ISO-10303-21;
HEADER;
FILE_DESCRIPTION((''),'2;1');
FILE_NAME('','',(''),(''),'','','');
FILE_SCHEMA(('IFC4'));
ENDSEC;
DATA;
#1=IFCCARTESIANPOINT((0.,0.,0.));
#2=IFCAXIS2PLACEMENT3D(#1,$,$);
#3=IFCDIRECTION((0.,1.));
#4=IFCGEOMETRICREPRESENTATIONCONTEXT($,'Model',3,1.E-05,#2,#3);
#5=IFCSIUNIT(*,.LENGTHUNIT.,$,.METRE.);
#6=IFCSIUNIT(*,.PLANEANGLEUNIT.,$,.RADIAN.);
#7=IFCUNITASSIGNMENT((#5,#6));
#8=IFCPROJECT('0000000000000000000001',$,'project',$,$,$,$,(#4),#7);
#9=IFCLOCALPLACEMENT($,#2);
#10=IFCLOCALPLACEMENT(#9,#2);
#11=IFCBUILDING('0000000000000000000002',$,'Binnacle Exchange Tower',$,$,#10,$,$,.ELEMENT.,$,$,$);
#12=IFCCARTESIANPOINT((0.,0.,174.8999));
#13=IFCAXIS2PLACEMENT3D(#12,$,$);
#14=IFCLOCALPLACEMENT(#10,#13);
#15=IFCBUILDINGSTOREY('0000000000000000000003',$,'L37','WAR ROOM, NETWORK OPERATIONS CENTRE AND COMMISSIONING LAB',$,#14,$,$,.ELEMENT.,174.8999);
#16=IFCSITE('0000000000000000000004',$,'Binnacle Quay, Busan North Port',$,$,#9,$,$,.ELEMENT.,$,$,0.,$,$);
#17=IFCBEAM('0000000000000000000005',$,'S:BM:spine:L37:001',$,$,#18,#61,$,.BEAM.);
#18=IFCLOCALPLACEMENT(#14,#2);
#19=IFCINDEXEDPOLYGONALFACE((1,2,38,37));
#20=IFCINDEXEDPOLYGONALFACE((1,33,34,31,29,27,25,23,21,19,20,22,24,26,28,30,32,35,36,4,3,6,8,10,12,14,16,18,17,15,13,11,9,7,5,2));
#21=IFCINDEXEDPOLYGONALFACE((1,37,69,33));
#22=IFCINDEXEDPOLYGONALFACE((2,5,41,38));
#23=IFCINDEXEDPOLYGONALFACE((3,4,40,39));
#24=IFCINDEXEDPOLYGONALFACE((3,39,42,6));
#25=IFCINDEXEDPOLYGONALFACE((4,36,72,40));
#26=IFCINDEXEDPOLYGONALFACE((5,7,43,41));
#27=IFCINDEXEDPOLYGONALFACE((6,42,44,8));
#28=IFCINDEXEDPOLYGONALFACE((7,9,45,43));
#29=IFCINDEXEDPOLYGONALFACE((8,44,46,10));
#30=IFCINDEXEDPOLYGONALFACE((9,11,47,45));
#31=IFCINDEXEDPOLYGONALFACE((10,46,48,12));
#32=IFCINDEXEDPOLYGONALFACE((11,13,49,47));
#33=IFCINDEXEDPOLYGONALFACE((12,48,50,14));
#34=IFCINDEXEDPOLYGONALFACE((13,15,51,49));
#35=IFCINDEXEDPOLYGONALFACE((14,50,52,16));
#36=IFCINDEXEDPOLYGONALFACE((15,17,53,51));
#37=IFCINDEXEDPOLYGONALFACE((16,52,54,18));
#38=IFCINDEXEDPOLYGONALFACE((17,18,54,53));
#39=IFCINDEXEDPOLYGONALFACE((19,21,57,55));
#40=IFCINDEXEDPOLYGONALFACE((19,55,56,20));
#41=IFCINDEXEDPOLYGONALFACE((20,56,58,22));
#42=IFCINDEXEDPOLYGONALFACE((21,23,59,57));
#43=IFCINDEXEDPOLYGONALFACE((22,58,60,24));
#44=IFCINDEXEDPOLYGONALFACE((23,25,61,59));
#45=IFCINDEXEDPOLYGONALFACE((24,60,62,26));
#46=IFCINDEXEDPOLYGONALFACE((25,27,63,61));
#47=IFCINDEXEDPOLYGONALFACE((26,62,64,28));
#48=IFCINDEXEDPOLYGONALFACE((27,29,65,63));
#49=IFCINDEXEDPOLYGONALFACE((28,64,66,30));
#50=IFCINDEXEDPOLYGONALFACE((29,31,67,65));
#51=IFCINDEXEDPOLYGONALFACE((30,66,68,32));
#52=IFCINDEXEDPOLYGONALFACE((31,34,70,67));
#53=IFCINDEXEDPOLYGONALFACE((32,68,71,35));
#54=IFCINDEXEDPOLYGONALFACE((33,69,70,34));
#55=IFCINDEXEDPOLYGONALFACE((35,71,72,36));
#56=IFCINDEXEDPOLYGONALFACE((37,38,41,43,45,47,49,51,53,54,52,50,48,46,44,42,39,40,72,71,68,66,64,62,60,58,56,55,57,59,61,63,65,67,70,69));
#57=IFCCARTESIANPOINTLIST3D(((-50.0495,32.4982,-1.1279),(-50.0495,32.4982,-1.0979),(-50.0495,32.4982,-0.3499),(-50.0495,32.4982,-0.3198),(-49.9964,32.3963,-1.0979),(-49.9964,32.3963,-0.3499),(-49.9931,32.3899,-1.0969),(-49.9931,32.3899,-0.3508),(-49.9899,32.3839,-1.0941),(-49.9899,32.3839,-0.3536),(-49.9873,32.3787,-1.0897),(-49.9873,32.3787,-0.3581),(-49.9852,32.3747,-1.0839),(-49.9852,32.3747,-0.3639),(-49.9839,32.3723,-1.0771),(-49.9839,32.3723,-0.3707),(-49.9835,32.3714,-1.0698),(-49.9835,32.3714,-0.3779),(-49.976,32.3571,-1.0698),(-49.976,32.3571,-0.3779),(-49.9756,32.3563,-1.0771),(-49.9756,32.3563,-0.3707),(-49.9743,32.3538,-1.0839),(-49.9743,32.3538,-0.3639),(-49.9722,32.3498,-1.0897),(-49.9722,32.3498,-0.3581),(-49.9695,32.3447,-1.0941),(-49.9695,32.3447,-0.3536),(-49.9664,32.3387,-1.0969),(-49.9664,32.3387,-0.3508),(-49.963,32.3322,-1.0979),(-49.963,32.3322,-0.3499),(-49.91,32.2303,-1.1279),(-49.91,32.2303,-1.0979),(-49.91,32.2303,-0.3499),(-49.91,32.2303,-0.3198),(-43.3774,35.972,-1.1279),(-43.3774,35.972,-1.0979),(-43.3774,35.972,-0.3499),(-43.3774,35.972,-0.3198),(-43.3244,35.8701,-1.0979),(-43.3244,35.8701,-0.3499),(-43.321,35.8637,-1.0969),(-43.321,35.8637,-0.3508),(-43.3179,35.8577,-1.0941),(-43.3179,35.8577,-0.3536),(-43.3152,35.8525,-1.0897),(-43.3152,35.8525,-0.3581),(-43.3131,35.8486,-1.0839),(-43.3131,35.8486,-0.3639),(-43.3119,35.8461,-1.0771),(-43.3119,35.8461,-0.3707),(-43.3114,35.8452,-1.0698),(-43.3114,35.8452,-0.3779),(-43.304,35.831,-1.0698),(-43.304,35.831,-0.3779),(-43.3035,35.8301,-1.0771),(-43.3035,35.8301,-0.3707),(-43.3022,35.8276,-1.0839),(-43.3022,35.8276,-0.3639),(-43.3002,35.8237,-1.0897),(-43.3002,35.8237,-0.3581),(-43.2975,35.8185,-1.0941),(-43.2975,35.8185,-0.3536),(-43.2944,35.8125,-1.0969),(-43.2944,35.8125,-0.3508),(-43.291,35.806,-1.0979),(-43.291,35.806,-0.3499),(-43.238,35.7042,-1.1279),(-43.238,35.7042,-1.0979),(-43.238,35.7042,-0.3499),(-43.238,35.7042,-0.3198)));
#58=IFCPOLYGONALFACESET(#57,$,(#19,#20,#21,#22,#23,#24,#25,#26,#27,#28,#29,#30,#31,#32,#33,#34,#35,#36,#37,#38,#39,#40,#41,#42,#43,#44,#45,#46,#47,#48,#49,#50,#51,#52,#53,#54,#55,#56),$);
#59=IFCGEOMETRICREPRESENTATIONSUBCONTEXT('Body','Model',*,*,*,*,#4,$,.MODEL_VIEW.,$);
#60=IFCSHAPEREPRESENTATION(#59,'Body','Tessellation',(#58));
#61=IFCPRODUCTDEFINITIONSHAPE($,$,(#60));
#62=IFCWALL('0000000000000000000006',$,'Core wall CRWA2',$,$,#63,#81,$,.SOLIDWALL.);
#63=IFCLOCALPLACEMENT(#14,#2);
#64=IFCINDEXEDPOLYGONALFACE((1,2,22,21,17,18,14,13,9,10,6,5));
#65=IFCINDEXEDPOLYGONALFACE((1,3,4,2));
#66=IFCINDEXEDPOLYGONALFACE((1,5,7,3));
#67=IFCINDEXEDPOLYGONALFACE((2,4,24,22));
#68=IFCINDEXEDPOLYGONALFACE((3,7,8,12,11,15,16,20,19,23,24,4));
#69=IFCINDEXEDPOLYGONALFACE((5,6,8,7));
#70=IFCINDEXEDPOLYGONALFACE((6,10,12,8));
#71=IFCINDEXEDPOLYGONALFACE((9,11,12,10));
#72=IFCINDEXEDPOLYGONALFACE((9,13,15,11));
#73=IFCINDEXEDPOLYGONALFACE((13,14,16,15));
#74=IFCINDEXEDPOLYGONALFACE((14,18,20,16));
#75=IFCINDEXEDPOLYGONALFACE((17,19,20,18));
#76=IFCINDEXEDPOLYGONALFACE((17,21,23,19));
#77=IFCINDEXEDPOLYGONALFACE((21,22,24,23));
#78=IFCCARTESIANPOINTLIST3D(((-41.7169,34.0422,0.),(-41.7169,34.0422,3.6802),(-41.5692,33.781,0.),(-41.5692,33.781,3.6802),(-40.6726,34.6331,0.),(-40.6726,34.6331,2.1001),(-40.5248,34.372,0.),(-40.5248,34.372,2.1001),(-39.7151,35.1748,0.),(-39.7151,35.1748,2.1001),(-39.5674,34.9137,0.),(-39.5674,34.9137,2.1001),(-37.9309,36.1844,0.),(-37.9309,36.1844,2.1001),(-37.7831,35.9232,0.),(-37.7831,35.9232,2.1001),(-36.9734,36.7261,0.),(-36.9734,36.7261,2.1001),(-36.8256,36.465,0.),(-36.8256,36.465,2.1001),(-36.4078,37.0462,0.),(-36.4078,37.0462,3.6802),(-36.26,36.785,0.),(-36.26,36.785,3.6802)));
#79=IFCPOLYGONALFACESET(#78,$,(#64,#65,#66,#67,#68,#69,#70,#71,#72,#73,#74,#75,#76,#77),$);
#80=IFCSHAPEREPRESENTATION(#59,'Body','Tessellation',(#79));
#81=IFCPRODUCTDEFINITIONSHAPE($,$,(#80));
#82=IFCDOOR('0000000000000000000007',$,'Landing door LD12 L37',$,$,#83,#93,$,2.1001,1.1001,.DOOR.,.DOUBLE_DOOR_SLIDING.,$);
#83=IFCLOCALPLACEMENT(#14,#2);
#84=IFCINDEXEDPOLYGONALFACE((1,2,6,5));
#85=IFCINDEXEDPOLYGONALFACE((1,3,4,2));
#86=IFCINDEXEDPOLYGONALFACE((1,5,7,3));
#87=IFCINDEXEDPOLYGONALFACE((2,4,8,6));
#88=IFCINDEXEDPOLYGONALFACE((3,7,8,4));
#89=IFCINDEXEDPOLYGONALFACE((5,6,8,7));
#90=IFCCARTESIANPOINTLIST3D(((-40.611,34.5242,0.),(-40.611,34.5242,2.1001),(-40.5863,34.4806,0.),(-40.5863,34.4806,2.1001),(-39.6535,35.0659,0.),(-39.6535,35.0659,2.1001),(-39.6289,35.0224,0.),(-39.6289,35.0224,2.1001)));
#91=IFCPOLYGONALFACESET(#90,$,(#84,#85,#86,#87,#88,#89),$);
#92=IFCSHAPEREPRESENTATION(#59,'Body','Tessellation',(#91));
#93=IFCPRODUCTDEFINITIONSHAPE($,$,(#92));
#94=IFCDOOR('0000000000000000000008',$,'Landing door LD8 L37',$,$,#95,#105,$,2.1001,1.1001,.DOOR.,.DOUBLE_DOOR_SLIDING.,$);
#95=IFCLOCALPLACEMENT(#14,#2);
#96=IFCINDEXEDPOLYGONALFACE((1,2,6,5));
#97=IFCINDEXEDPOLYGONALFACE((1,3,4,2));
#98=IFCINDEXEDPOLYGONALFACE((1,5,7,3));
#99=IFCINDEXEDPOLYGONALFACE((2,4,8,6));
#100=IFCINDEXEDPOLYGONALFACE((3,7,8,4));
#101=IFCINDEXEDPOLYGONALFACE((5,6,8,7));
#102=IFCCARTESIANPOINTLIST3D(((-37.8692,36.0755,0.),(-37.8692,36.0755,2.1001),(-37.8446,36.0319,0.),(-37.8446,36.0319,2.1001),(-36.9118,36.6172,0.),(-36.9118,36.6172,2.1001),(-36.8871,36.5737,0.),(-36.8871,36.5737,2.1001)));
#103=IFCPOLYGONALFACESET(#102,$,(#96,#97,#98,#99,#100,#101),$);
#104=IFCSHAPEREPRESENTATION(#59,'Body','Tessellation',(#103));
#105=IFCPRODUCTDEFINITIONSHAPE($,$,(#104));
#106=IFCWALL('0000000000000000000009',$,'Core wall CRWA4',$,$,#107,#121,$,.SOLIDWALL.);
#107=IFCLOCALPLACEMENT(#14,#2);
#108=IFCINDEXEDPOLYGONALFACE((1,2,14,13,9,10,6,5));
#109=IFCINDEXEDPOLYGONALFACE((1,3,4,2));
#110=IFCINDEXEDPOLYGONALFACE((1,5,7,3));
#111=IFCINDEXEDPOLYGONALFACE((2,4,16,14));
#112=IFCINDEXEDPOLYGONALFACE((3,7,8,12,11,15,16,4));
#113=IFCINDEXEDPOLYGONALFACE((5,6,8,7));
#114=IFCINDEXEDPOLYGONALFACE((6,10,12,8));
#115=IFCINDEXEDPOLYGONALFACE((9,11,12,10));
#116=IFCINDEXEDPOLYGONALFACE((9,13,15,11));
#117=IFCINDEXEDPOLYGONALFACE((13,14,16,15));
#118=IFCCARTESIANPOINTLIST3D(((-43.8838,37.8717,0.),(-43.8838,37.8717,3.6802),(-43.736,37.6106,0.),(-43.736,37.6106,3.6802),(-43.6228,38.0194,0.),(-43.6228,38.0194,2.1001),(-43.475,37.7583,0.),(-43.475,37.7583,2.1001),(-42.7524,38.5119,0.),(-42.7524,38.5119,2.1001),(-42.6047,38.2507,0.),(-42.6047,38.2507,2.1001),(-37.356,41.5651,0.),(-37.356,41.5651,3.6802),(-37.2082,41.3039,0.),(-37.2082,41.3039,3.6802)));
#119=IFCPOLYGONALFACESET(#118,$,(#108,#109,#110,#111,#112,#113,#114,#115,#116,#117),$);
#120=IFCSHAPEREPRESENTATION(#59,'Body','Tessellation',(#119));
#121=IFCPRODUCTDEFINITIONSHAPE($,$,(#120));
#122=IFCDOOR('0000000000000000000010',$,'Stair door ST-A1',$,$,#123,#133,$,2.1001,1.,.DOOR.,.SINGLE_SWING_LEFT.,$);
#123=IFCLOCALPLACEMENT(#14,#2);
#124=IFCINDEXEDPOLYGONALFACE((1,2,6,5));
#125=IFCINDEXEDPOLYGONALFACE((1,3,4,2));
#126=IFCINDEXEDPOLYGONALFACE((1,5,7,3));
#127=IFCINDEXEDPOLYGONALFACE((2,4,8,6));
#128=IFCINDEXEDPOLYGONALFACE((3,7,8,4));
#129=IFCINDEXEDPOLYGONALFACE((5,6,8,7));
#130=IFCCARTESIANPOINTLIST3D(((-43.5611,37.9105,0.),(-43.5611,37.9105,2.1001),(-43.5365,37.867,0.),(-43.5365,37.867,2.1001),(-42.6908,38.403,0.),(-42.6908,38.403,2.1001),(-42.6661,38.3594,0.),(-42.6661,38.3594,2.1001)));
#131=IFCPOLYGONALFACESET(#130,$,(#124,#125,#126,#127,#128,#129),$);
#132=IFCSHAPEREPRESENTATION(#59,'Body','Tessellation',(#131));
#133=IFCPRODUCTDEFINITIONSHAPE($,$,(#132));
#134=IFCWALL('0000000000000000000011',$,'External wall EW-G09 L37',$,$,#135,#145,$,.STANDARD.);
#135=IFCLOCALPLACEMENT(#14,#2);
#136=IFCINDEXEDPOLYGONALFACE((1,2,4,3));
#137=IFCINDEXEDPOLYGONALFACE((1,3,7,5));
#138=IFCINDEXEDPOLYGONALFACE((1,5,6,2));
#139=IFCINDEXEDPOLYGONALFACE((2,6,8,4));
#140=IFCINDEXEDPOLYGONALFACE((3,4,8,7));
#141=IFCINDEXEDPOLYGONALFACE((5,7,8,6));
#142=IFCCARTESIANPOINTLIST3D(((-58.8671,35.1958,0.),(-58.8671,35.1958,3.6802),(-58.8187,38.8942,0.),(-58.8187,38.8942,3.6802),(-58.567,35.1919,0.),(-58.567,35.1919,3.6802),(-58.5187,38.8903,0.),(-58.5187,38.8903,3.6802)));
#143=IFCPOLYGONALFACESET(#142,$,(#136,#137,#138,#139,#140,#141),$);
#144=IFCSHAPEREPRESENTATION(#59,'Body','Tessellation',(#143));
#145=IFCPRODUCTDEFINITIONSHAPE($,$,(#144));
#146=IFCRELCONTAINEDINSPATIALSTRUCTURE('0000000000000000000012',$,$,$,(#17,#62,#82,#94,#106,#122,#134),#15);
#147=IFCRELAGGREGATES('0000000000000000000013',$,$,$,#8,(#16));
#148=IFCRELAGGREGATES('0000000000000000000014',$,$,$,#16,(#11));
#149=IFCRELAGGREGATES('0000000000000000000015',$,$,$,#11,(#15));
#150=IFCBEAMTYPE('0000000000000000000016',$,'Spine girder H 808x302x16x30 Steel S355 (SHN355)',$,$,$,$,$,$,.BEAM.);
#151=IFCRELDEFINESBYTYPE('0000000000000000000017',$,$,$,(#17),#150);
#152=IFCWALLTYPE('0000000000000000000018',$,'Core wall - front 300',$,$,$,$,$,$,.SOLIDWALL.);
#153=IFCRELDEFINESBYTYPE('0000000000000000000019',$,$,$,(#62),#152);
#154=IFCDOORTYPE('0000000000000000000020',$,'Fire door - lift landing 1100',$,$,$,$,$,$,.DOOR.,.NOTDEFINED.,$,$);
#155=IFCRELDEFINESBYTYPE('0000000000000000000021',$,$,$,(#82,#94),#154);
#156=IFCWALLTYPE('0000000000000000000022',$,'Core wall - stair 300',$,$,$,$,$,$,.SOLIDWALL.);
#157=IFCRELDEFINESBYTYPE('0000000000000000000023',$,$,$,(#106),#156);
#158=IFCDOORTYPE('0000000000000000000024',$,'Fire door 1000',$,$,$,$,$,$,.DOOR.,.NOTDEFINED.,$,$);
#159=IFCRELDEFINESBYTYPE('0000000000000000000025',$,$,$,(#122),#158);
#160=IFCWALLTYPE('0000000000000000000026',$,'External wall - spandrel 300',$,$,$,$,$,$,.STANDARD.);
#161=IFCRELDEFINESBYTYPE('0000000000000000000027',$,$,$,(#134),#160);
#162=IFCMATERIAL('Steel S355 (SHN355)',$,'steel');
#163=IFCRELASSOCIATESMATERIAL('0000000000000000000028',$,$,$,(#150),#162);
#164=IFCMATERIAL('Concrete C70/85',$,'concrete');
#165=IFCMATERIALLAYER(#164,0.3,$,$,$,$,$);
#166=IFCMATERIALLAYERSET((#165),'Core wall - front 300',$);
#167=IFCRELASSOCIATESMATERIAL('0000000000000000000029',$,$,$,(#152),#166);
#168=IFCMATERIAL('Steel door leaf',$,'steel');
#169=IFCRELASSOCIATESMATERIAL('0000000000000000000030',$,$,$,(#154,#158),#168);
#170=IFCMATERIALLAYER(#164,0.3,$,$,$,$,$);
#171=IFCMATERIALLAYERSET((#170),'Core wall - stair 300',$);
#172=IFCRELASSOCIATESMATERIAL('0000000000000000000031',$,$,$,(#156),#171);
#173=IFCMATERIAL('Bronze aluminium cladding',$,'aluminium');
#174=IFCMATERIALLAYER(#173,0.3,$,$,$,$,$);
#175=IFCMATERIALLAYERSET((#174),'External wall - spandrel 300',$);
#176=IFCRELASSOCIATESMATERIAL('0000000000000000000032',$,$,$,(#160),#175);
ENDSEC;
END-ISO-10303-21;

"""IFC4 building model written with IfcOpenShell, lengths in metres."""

from ifc_helpers import new_model, si_unit, direction, frame, frame_2d, origin, origin_2d, place, context, subcontext, project, spatial, rectangle, i_section, extrude, material, layer, layer_set, material_profile, profile_set, type_object, element, fill, save


model = new_model("IFC4")

# Units and contexts
model_context = context("Model", 3, precision=1e-05, world=origin(), true_north=direction((0.0, 1.0)))
body_context = subcontext(model_context, "Body", "Model", "MODEL_VIEW")
ifc_project = project(units=[si_unit("LENGTHUNIT", "METRE"), si_unit("PLANEANGLEUNIT", "RADIAN")], contexts=[model_context])

# Site, building, storey
site_placement = place(None, origin())
site = spatial("IfcSite", under=ifc_project, at=site_placement, Name="Binnacle Quay, Busan North Port", CompositionType="ELEMENT", RefElevation=0.0)
building_placement = place(site_placement, origin())
building = spatial("IfcBuilding", under=site, at=building_placement, Name="Binnacle Exchange Tower", CompositionType="ELEMENT")
storey_placement = place(building_placement, frame((0.0, 0.0, 174.8999)))
storey = spatial("IfcBuildingStorey", under=building, at=storey_placement, Name="L37", Description="WAR ROOM, NETWORK OPERATIONS CENTRE AND COMMISSIONING LAB", CompositionType="ELEMENT", Elevation=174.8999)

# Shared definitions
ifc_material_1 = material(Name="Concrete C70/85", Category="concrete")

# Beam
ifc_material_2 = material(Name="Steel S355 (SHN355)", Category="steel")
ifc_material_profile_1 = material_profile(ifc_material_2, i_section(OverallWidth=0.302, OverallDepth=0.8081, WebThickness=0.0161, FlangeThickness=0.03, FilletRadius=0.0281, at=origin_2d()), Name="H 808x302x16x30")
ifc_profile_set_1 = profile_set([ifc_material_profile_1], Name="Steel S355 (SHN355)")
beam_type_1 = type_object("IfcBeamType", Name="Spine girder H 808x302x16x30 Steel S355 (SHN355)", PredefinedType="BEAM", material=ifc_profile_set_1)
beam_1_placement = place(storey_placement, frame((-49.9797, 32.3643, -0.7239), z_axis=(0.886979, 0.46181, 0.0), x_axis=(-0.46181, 0.886979, 0.0)))
element("IfcBeam", 1, at=beam_1_placement, inside=storey, type_object=beam_type_1, Name="S:BM:spine:L37:001", PredefinedType="BEAM", context=body_context, shape_type="SweptSolid", body=[
    extrude(i_section(OverallWidth=0.302, OverallDepth=0.8081, WebThickness=0.0161, FlangeThickness=0.03, FilletRadius=0.0281, at=origin_2d()), origin(), (0.0, 0.0, 1.0), 7.5222),
])

# Wall, openings, doors
ifc_layer_1 = layer(ifc_material_1, 0.3)
ifc_layer_set_1 = layer_set([ifc_layer_1], Name="Core wall - front 300")
wall_type_1 = type_object("IfcWallType", Name="Core wall - front 300", PredefinedType="SOLIDWALL", material=ifc_layer_set_1)
wall_1_placement = place(storey_placement, frame((-41.6431, 33.9116, 0.0), z_axis=(0.0, 0.0, 1.0), x_axis=(0.870344, 0.492445, 0.0)))
wall_1 = element("IfcWall", 2, at=wall_1_placement, inside=storey, type_object=wall_type_1, Name="Core wall CRWA2", PredefinedType="SOLIDWALL", context=body_context, shape_type="SweptSolid", body=[
    extrude(rectangle(XDim=6.1001, YDim=0.3, at=frame_2d((3.05, 0.0))), origin(), (0.0, 0.0, 1.0), 3.6802),
])
opening_1_placement = place(wall_1_placement, frame((1.2, 0.0, 0.0)))
opening_1 = element("IfcOpeningElement", 3, at=opening_1_placement, cuts=wall_1, PredefinedType="OPENING", context=body_context, shape_type="SweptSolid", body=[
    extrude(rectangle(XDim=1.1001, YDim=2.1001, at=frame_2d((0.55, 1.05))), frame((0.0, 0.1599, 0.0), z_axis=(0.0, -1.0, 0.0), x_axis=(1.0, 0.0, 0.0)), (0.0, 0.0, 1.0), 0.3201),
])
opening_2_placement = place(wall_1_placement, frame((4.3501, 0.0, 0.0)))
opening_2 = element("IfcOpeningElement", 4, at=opening_2_placement, cuts=wall_1, PredefinedType="OPENING", context=body_context, shape_type="SweptSolid", body=[
    extrude(rectangle(XDim=1.1001, YDim=2.1001, at=frame_2d((0.55, 1.05))), frame((0.0, 0.1599, 0.0), z_axis=(0.0, -1.0, 0.0), x_axis=(1.0, 0.0, 0.0)), (0.0, 0.0, 1.0), 0.3201),
])
ifc_material_3 = material(Name="Steel door leaf", Category="steel")
door_type_1 = type_object("IfcDoorType", Name="Fire door - lift landing 1100", OperationType="NOTDEFINED", PredefinedType="DOOR", material=ifc_material_3)
door_1_placement = place(opening_1_placement, origin())
door_1 = element("IfcDoor", 5, at=door_1_placement, inside=storey, type_object=door_type_1, Name="Landing door LD12 L37", OperationType="DOUBLE_DOOR_SLIDING", OverallHeight=2.1001, OverallWidth=1.1001, PredefinedType="DOOR", context=body_context, shape_type="SweptSolid", body=[
    extrude(rectangle(XDim=1.1001, YDim=2.1001, at=frame_2d((0.55, 1.05))), frame((0.0, 0.0249, 0.0), z_axis=(0.0, -1.0, 0.0), x_axis=(1.0, 0.0, 0.0)), (0.0, 0.0, 1.0), 0.05),
])
fill(opening_1, door_1)
door_2_placement = place(opening_2_placement, origin())
door_2 = element("IfcDoor", 6, at=door_2_placement, inside=storey, type_object=door_type_1, Name="Landing door LD8 L37", OperationType="DOUBLE_DOOR_SLIDING", OverallHeight=2.1001, OverallWidth=1.1001, PredefinedType="DOOR", context=body_context, shape_type="SweptSolid", body=[
    extrude(rectangle(XDim=1.1001, YDim=2.1001, at=frame_2d((0.55, 1.05))), frame((0.0, 0.0249, 0.0), z_axis=(0.0, -1.0, 0.0), x_axis=(1.0, 0.0, 0.0)), (0.0, 0.0, 1.0), 0.05),
])
fill(opening_2, door_2)

# Wall, opening, door
ifc_layer_2 = layer(ifc_material_1, 0.3)
ifc_layer_set_2 = layer_set([ifc_layer_2], Name="Core wall - stair 300")
wall_type_2 = type_object("IfcWallType", Name="Core wall - stair 300", PredefinedType="SOLIDWALL", material=ifc_layer_set_2)
wall_2_placement = place(storey_placement, frame((-43.8098, 37.7412, 0.0), z_axis=(0.0, 0.0, 1.0), x_axis=(0.870351, 0.492433, 0.0)))
wall_2 = element("IfcWall", 7, at=wall_2_placement, inside=storey, type_object=wall_type_2, Name="Core wall CRWA4", PredefinedType="SOLIDWALL", context=body_context, shape_type="SweptSolid", body=[
    extrude(rectangle(XDim=7.5002, YDim=0.3, at=frame_2d((3.75, 0.0))), origin(), (0.0, 0.0, 1.0), 3.6802),
])
opening_3_placement = place(wall_2_placement, frame((0.2998, 0.0, 0.0)))
opening_3 = element("IfcOpeningElement", 8, at=opening_3_placement, cuts=wall_2, PredefinedType="OPENING", context=body_context, shape_type="SweptSolid", body=[
    extrude(rectangle(XDim=1.0, YDim=2.1001, at=frame_2d((0.5, 1.05))), frame((0.0, 0.1599, 0.0), z_axis=(0.0, -1.0, 0.0), x_axis=(1.0, 0.0, 0.0)), (0.0, 0.0, 1.0), 0.3201),
])
door_type_2 = type_object("IfcDoorType", Name="Fire door 1000", OperationType="NOTDEFINED", PredefinedType="DOOR", material=ifc_material_3)
door_3_placement = place(opening_3_placement, origin())
door_3 = element("IfcDoor", 9, at=door_3_placement, inside=storey, type_object=door_type_2, Name="Stair door ST-A1", OperationType="SINGLE_SWING_LEFT", OverallHeight=2.1001, OverallWidth=1.0, PredefinedType="DOOR", context=body_context, shape_type="SweptSolid", body=[
    extrude(rectangle(XDim=1.0, YDim=2.1001, at=frame_2d((0.5, 1.05))), frame((0.0, 0.0249, 0.0), z_axis=(0.0, -1.0, 0.0), x_axis=(1.0, 0.0, 0.0)), (0.0, 0.0, 1.0), 0.05),
])
fill(opening_3, door_3)

# Wall
ifc_material_4 = material(Name="Bronze aluminium cladding", Category="aluminium")
ifc_layer_3 = layer(ifc_material_4, 0.3)
ifc_layer_set_3 = layer_set([ifc_layer_3], Name="External wall - spandrel 300")
wall_type_3 = type_object("IfcWallType", Name="External wall - spandrel 300", PredefinedType="STANDARD", material=ifc_layer_set_3)
wall_3_placement = place(storey_placement, frame((-58.717, 35.1938, 0.0), z_axis=(0.0, 0.0, 1.0), x_axis=(0.013069, 0.999915, 0.0)))
element("IfcWall", 10, at=wall_3_placement, inside=storey, type_object=wall_type_3, Name="External wall EW-G09 L37", PredefinedType="STANDARD", context=body_context, shape_type="SweptSolid", body=[
    extrude(rectangle(XDim=3.6987, YDim=0.3, at=frame_2d((1.8494, 0.0))), origin(), (0.0, 0.0, 1.0), 3.6802),
])

save(model, "model.ifc")
